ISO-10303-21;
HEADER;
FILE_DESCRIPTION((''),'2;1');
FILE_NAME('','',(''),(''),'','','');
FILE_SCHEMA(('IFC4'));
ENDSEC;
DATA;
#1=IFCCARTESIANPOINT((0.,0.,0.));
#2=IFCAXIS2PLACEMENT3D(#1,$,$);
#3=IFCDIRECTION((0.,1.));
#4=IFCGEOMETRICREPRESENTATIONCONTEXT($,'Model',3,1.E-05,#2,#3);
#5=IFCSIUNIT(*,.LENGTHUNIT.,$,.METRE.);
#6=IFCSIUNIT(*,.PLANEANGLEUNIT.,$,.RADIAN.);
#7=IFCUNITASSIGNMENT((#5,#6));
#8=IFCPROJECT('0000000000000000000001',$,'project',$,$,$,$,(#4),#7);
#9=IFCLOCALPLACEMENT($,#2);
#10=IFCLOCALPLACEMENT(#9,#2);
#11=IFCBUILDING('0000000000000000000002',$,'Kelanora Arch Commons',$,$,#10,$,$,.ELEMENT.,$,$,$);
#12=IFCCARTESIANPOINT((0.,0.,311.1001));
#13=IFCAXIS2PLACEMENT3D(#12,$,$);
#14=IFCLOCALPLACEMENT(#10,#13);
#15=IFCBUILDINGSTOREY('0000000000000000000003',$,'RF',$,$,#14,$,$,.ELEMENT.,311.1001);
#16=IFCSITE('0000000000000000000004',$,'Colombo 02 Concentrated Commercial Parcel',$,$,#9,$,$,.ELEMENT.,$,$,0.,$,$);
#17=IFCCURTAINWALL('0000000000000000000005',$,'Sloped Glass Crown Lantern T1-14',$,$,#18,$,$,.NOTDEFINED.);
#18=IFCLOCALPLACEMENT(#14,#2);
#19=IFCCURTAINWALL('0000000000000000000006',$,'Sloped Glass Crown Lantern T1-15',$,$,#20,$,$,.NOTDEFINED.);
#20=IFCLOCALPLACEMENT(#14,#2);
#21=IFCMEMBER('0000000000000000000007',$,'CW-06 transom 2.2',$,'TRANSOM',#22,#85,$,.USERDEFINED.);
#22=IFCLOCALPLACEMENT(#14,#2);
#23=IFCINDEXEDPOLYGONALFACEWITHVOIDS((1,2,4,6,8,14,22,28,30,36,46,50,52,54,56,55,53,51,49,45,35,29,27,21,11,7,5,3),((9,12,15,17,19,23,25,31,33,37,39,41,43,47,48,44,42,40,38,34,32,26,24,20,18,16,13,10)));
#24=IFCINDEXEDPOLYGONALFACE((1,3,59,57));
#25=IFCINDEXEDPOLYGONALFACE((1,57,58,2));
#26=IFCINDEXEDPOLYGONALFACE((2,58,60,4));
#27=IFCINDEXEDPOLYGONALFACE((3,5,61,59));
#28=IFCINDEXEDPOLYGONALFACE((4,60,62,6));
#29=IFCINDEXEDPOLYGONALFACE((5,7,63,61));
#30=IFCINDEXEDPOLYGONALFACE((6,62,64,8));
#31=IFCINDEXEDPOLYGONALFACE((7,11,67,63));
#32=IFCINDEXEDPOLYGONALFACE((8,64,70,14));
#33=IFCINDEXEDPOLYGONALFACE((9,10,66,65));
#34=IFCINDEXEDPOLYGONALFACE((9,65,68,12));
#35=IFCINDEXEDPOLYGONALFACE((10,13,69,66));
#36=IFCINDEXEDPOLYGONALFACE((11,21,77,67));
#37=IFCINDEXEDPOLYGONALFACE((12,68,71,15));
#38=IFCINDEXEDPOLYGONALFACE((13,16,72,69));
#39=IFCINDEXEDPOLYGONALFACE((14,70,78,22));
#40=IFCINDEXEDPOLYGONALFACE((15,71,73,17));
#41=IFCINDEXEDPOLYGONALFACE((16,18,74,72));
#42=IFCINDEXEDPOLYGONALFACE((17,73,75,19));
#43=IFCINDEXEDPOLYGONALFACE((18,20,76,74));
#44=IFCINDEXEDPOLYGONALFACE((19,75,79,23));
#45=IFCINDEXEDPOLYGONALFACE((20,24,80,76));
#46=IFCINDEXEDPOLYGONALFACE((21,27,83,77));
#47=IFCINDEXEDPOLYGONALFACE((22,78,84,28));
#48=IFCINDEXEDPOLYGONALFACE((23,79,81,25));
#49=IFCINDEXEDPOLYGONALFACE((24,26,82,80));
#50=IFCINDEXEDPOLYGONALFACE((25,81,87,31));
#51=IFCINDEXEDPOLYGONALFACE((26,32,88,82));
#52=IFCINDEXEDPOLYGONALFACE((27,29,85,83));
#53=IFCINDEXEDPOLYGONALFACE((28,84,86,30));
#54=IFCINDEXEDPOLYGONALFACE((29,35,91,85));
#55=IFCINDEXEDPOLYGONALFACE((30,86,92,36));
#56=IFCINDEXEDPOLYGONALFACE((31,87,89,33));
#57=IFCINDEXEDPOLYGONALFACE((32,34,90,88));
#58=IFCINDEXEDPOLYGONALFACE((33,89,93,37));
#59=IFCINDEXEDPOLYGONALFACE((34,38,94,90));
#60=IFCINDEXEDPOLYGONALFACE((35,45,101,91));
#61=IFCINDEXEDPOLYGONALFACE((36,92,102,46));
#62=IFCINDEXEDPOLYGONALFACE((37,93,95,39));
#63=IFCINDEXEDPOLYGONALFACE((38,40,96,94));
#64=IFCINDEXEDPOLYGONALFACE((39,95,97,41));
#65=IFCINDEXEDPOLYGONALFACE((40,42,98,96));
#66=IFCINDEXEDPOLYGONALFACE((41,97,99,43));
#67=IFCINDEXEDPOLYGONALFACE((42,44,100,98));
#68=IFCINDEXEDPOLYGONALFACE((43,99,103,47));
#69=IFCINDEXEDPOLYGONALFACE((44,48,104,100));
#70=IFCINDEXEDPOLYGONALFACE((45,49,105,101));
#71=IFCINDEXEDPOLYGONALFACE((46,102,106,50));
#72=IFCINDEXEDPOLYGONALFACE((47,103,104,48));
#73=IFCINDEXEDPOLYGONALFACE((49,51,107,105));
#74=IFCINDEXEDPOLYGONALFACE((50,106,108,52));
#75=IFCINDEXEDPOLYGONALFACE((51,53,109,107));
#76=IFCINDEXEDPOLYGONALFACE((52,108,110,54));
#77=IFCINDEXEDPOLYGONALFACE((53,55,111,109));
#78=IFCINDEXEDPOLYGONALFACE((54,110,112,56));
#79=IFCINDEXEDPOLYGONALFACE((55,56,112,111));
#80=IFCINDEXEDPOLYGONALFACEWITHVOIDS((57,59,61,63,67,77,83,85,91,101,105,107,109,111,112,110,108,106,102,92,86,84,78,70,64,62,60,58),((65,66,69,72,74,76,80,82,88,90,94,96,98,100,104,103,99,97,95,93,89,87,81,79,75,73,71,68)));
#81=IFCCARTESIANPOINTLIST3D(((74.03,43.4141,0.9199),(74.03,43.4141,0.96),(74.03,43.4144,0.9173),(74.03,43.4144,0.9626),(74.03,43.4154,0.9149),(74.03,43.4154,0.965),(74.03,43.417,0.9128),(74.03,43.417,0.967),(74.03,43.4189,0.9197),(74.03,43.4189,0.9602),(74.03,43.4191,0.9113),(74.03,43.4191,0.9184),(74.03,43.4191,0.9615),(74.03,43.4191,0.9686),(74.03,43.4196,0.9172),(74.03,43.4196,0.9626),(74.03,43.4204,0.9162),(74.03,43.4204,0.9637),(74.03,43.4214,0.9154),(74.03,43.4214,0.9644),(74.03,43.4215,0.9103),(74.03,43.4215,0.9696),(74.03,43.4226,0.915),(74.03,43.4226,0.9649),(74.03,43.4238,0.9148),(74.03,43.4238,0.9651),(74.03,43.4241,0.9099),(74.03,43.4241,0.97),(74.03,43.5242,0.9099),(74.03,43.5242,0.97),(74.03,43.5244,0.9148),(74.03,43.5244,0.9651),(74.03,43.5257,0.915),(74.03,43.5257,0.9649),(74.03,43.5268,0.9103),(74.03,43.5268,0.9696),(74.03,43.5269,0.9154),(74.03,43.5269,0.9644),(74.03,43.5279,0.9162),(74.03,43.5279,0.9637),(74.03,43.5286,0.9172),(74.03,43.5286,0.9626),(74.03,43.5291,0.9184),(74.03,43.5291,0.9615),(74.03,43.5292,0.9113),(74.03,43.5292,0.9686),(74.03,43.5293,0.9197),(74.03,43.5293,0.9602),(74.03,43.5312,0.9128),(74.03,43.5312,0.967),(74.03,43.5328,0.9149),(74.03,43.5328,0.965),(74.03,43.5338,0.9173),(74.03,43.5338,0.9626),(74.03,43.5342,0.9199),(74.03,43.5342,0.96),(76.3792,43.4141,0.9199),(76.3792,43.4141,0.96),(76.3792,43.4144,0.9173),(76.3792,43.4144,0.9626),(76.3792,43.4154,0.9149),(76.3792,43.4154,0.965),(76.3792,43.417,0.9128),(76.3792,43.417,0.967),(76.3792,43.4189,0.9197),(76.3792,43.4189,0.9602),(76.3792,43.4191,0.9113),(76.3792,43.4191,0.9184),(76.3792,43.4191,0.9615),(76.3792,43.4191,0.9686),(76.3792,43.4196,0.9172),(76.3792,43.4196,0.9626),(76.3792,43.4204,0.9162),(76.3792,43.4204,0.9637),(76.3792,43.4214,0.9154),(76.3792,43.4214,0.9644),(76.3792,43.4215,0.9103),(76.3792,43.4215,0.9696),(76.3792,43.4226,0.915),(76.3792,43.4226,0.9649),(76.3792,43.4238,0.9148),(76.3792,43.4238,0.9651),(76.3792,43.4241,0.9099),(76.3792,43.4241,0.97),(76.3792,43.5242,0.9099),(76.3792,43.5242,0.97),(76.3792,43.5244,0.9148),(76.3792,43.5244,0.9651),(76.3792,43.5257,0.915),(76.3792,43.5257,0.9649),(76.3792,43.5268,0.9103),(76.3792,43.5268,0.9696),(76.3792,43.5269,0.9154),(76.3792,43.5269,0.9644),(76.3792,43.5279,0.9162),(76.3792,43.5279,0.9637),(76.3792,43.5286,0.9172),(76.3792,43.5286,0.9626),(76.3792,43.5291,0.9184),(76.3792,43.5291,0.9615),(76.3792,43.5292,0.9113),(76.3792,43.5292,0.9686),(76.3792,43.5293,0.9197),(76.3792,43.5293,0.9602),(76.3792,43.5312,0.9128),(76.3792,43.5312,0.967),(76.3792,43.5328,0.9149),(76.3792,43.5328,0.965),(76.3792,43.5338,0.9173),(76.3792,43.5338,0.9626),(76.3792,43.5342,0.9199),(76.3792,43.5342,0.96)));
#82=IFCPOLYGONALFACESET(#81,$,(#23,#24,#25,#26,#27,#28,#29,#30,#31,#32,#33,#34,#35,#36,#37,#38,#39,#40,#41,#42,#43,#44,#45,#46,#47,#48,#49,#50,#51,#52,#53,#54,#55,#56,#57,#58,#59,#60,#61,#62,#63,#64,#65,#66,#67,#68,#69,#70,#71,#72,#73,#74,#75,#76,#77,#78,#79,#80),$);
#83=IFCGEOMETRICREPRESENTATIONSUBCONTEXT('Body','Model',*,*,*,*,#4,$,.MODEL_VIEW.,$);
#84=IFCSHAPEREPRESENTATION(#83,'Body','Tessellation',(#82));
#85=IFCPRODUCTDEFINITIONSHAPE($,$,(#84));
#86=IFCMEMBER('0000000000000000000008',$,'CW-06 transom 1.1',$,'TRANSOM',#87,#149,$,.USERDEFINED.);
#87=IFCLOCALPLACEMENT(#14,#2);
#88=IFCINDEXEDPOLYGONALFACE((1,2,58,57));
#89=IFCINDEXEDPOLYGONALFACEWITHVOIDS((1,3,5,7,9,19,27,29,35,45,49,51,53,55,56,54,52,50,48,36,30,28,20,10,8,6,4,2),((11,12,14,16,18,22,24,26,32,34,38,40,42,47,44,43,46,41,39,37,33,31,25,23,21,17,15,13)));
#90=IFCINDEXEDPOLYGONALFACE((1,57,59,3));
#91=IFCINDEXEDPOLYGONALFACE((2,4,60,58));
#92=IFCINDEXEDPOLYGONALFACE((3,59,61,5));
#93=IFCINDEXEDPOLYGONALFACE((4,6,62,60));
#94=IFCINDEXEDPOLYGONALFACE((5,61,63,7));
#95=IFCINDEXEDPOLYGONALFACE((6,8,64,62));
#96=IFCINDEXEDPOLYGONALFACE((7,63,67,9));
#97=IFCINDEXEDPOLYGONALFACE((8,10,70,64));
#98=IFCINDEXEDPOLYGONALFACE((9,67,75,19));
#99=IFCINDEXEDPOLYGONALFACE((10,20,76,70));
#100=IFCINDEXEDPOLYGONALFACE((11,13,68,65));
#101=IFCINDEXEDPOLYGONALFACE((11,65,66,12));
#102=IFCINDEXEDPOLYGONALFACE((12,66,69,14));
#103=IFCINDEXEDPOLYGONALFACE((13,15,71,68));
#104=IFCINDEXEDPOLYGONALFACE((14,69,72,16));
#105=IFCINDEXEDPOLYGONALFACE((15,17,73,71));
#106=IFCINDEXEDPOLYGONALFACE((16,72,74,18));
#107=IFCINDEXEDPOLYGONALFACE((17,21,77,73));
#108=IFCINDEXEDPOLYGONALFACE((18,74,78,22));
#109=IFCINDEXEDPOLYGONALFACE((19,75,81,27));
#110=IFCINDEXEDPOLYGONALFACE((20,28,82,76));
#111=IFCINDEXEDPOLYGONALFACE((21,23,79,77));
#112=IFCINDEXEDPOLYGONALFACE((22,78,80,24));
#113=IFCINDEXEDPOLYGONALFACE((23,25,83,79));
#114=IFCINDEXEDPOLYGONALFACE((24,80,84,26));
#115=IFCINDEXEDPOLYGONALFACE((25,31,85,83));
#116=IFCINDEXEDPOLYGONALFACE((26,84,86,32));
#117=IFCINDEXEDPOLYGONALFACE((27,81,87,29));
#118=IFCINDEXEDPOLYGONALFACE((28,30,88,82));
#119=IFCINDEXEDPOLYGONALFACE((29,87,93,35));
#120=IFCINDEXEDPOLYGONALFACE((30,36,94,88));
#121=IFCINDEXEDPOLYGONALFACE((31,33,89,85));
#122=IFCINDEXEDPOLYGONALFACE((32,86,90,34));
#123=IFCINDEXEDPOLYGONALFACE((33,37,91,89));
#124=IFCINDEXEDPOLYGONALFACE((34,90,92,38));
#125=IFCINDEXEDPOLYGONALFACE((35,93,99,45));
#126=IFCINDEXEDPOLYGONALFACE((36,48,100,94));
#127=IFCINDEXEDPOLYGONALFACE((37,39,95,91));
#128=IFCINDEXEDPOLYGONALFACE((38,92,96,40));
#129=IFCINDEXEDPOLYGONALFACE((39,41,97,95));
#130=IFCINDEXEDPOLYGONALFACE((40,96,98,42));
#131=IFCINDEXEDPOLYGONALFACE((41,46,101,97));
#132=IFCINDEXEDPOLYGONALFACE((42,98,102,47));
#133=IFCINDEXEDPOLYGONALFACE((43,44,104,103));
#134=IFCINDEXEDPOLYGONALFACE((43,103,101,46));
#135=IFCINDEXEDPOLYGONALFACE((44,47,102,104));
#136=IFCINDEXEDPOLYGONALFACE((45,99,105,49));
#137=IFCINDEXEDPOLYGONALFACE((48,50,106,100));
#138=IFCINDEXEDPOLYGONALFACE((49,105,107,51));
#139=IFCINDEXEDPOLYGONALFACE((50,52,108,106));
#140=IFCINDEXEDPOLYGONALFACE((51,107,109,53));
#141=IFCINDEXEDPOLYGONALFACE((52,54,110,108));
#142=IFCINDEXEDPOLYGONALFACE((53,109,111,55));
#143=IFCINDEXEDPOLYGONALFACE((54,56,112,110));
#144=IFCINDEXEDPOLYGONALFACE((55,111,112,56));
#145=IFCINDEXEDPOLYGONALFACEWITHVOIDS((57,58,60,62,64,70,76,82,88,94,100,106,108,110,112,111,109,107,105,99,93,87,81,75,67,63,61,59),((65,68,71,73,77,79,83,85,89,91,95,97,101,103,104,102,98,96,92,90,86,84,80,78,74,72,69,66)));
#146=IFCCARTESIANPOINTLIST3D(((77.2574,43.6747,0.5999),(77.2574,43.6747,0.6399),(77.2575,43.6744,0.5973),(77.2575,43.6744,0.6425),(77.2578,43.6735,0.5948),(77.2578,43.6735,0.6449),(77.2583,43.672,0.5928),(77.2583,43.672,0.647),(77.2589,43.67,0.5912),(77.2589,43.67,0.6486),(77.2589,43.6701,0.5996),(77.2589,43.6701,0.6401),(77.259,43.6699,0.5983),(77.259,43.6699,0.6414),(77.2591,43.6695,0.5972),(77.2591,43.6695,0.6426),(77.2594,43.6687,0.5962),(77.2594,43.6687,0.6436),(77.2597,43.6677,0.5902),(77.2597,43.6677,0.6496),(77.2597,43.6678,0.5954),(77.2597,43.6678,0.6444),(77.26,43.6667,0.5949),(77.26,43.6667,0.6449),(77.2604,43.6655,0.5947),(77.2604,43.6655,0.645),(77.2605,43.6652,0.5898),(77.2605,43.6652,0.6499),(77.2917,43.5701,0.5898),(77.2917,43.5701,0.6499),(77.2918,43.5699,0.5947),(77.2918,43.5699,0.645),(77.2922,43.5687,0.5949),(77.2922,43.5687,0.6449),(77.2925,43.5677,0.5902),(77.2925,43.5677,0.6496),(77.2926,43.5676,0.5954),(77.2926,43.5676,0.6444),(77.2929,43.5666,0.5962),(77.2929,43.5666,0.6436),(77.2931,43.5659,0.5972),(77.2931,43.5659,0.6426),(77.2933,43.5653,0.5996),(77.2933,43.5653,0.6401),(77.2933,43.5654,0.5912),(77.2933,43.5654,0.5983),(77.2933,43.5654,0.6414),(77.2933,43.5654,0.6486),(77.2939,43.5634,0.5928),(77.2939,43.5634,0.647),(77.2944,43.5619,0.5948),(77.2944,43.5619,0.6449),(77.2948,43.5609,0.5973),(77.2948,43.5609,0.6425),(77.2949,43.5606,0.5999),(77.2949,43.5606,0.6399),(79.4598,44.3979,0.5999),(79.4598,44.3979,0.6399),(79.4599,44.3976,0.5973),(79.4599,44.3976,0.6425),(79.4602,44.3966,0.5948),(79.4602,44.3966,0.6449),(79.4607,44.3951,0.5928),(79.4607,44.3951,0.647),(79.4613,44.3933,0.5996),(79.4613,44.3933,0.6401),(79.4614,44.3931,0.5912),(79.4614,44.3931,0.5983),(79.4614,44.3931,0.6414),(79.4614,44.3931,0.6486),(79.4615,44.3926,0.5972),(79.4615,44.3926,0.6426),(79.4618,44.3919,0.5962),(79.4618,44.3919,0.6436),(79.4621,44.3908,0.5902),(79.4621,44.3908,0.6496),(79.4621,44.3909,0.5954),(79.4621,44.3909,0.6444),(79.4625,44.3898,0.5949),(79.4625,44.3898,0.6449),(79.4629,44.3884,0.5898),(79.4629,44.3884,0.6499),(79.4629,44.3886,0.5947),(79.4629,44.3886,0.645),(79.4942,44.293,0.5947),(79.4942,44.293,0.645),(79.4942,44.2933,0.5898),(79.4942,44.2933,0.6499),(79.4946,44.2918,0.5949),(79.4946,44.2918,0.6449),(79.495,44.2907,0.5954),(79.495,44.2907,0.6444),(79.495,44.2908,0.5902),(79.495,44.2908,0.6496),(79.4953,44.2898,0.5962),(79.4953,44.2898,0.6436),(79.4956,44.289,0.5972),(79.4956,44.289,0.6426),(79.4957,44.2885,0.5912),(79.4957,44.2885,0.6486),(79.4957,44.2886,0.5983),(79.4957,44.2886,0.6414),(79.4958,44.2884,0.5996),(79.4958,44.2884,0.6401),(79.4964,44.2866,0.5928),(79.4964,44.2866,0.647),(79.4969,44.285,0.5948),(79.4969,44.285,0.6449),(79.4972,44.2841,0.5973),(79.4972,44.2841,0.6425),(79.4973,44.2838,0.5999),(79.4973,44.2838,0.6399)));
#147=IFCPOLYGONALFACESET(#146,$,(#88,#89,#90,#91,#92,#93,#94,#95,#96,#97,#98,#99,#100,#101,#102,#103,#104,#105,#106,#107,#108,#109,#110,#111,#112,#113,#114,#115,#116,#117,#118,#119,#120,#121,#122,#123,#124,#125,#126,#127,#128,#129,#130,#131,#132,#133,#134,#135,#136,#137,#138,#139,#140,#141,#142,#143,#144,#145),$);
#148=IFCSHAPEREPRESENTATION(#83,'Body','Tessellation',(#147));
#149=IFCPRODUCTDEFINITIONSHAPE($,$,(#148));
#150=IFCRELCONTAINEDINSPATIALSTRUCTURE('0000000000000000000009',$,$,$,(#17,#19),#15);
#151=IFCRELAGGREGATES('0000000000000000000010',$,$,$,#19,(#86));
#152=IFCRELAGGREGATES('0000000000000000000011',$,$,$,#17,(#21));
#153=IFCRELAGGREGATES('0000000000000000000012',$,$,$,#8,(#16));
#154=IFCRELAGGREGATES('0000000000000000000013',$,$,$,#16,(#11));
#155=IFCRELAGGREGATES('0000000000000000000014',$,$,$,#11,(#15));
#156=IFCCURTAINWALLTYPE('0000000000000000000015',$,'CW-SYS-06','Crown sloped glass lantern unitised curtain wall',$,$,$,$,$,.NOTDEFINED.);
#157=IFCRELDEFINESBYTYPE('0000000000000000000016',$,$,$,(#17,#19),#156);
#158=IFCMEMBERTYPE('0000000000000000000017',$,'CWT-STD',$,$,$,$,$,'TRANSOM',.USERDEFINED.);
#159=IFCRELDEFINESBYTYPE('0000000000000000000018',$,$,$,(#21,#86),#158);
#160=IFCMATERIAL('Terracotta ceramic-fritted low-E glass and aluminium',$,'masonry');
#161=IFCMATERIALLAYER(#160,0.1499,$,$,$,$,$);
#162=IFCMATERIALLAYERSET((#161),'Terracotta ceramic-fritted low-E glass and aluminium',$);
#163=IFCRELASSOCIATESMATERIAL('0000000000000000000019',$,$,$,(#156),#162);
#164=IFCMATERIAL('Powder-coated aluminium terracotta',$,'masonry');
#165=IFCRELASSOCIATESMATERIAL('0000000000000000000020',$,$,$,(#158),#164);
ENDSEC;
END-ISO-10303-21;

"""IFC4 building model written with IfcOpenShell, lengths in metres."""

from ifc_helpers import new_model, si_unit, direction, frame, origin, origin_2d, place, context, subcontext, project, spatial, hollow_rectangle, extrude, material, layer, layer_set, material_profile, profile_set, type_object, element, aggregate, save


model = new_model("IFC4")

# Units and contexts
model_context = context("Model", 3, precision=1e-05, world=origin(), true_north=direction((0.0, 1.0)))
body_context = subcontext(model_context, "Body", "Model", "MODEL_VIEW")
ifc_project = project(units=[si_unit("LENGTHUNIT", "METRE"), si_unit("PLANEANGLEUNIT", "RADIAN")], contexts=[model_context])

# Site, building, storey
site_placement = place(None, origin())
site = spatial("IfcSite", under=ifc_project, at=site_placement, Name="Colombo 02 Concentrated Commercial Parcel", CompositionType="ELEMENT", RefElevation=0.0)
building_placement = place(site_placement, origin())
building = spatial("IfcBuilding", under=site, at=building_placement, Name="Kelanora Arch Commons", CompositionType="ELEMENT")
storey_placement = place(building_placement, frame((0.0, 0.0, 311.1001)))
storey = spatial("IfcBuildingStorey", under=building, at=storey_placement, Name="RF", CompositionType="ELEMENT", Elevation=311.1001)

# Curtain walls
ifc_material_1 = material(Name="Terracotta ceramic-fritted low-E glass and aluminium", Category="masonry")
ifc_layer_1 = layer(ifc_material_1, 0.1499)
ifc_layer_set_1 = layer_set([ifc_layer_1], Name="Terracotta ceramic-fritted low-E glass and aluminium")
curtain_wall_type = type_object("IfcCurtainWallType", Name="CW-SYS-06", Description="Crown sloped glass lantern unitised curtain wall", PredefinedType="NOTDEFINED", material=ifc_layer_set_1)
curtain_wall_1_placement = place(storey_placement, origin())
curtain_wall_1 = element("IfcCurtainWall", 1, at=curtain_wall_1_placement, inside=storey, type_object=curtain_wall_type, Name="Sloped Glass Crown Lantern T1-14", PredefinedType="NOTDEFINED")
ifc_material_2 = material(Name="Powder-coated aluminium terracotta", Category="masonry")
curtain_wall_2_placement = place(storey_placement, origin())
curtain_wall_2 = element("IfcCurtainWall", 2, at=curtain_wall_2_placement, inside=storey, type_object=curtain_wall_type, Name="Sloped Glass Crown Lantern T1-15", PredefinedType="NOTDEFINED")

# Members
ifc_material_profile_1 = material_profile(ifc_material_2, hollow_rectangle(XDim=0.1201, YDim=0.0601, WallThickness=0.0049, InnerFilletRadius=0.0049, OuterFilletRadius=0.01, at=origin_2d()), Name="CWT120x60")
ifc_profile_set_1 = profile_set([ifc_material_profile_1], Name="Powder-coated aluminium terracotta")
member_type_1 = type_object("IfcMemberType", Name="CWT-STD", ElementType="TRANSOM", PredefinedType="USERDEFINED", material=ifc_profile_set_1)
member_1_placement = place(storey_placement, frame((74.03, 43.4741, 0.9399), z_axis=(1.0, 0.0, 0.0), x_axis=(0.0, 1.0, 0.0)))
member_1 = element("IfcMember", 3, at=member_1_placement, type_object=member_type_1, Name="CW-06 transom 2.2", ObjectType="TRANSOM", PredefinedType="USERDEFINED", context=body_context, shape_type="SweptSolid", body=[
    extrude(hollow_rectangle(XDim=0.1201, YDim=0.0601, WallThickness=0.0049, InnerFilletRadius=0.0049, OuterFilletRadius=0.01, at=origin_2d()), origin(), (0.0, 0.0, 1.0), 2.3491),
])
member_2_placement = place(storey_placement, frame((77.2761, 43.6177, 0.6199), z_axis=(0.950096, 0.311959, 0.0), x_axis=(-0.311959, 0.950096, 0.0)))
member_2 = element("IfcMember", 4, at=member_2_placement, type_object=member_type_1, Name="CW-06 transom 1.1", ObjectType="TRANSOM", PredefinedType="USERDEFINED", context=body_context, shape_type="SweptSolid", body=[
    extrude(hollow_rectangle(XDim=0.1201, YDim=0.0601, WallThickness=0.0049, InnerFilletRadius=0.0049, OuterFilletRadius=0.01, at=origin_2d()), origin(), (0.0, 0.0, 1.0), 2.3181),
])

aggregate(curtain_wall_2, [member_2])
aggregate(curtain_wall_1, [member_1])

save(model, "model.ifc")
